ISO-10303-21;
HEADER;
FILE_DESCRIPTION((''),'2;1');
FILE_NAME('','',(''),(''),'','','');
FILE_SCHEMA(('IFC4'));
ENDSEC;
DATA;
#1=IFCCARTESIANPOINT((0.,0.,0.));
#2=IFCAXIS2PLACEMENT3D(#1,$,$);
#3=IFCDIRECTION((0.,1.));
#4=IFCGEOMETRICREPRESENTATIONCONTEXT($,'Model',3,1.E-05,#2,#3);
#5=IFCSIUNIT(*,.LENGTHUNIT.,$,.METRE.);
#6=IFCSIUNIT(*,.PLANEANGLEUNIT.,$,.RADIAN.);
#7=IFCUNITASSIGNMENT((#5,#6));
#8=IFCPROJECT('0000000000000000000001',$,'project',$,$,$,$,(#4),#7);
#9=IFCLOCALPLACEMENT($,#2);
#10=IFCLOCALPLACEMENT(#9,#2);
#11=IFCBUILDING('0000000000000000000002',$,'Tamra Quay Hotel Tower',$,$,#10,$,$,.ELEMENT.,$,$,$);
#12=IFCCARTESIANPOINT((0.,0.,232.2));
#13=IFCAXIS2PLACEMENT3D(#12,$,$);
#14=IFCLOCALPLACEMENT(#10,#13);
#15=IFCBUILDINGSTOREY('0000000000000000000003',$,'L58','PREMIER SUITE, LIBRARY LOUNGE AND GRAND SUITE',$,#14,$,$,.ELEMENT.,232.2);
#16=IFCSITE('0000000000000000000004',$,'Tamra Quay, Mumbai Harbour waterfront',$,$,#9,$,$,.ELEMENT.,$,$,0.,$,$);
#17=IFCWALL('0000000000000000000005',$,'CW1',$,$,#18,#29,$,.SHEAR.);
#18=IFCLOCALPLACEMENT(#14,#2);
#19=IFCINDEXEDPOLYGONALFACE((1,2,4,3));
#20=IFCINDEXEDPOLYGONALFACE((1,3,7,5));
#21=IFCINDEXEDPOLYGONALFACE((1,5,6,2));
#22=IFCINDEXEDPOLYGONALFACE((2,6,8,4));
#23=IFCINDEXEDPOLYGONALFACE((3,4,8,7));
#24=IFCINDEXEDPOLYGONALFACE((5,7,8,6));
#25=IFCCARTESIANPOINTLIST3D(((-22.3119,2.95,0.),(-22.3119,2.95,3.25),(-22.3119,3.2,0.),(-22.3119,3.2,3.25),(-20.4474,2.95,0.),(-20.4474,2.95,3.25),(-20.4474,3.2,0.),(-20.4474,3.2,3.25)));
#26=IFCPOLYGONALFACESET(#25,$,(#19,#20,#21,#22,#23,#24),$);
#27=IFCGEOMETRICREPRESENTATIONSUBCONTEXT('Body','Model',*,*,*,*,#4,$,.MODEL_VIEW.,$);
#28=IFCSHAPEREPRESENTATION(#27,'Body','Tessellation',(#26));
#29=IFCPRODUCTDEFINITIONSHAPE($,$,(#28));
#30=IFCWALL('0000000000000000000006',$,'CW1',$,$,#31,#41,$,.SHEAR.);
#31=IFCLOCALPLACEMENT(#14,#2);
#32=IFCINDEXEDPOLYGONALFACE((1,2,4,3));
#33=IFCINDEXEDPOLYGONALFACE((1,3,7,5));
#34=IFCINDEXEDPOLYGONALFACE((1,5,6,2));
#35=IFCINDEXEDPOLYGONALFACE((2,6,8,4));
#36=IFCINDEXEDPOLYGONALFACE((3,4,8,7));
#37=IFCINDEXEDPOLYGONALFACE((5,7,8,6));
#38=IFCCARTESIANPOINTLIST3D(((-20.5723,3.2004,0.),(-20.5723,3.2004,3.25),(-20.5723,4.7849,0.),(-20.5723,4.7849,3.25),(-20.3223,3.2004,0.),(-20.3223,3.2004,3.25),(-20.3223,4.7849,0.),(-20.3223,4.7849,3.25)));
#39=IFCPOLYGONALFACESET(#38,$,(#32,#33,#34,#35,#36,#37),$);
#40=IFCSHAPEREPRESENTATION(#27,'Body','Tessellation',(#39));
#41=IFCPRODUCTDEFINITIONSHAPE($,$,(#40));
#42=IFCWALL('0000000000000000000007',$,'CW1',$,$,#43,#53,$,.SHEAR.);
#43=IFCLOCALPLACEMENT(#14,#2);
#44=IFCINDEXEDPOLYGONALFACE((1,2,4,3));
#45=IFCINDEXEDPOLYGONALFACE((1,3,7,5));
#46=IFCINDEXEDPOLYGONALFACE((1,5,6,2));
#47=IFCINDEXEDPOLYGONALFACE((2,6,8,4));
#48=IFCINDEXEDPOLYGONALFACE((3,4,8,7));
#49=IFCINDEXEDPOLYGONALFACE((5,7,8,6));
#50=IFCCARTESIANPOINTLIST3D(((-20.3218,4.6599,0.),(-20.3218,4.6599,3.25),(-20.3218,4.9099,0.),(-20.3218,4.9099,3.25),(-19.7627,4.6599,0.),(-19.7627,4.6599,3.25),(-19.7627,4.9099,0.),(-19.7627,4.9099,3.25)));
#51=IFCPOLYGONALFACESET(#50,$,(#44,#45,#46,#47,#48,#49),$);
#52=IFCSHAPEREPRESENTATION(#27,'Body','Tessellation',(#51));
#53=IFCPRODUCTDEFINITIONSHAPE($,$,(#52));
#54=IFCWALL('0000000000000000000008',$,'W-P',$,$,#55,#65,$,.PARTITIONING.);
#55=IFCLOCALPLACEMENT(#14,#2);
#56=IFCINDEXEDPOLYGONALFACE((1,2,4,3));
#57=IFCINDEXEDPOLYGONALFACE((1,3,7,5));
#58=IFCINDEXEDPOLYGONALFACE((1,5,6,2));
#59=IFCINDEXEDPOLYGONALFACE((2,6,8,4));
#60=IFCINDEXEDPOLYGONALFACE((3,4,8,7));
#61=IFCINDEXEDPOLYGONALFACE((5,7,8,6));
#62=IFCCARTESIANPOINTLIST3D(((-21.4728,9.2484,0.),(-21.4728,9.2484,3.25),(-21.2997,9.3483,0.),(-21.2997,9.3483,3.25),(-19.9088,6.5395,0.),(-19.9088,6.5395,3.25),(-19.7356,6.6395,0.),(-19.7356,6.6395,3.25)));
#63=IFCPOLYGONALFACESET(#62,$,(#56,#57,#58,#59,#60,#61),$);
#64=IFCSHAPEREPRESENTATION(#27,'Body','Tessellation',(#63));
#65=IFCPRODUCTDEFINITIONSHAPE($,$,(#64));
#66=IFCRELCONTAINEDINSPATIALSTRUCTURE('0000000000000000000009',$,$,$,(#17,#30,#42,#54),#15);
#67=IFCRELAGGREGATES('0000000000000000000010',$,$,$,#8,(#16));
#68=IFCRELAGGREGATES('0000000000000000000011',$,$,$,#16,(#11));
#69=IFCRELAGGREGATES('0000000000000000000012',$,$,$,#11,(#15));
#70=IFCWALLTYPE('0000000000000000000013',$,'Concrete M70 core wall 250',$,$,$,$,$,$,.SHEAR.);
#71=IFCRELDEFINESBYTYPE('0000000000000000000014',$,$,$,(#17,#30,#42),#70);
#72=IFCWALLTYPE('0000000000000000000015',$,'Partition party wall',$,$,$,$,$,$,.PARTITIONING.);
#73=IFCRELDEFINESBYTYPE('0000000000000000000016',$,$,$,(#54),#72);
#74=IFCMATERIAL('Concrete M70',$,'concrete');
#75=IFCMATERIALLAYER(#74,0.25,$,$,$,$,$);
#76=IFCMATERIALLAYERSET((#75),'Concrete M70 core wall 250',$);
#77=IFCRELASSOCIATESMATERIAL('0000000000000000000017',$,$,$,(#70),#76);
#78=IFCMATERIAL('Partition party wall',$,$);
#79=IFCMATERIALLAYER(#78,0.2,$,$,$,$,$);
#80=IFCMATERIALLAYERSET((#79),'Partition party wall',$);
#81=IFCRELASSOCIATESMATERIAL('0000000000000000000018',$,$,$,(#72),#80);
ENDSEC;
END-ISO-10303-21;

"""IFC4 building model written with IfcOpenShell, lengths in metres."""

from ifc_helpers import new_model, si_unit, direction, frame, frame_2d, origin, place, context, subcontext, project, spatial, rectangle, extrude, material, layer, layer_set, type_object, element, save


model = new_model("IFC4")

# Units and contexts
model_context = context("Model", 3, precision=1e-05, world=origin(), true_north=direction((0.0, 1.0)))
body_context = subcontext(model_context, "Body", "Model", "MODEL_VIEW")
ifc_project = project(units=[si_unit("LENGTHUNIT", "METRE"), si_unit("PLANEANGLEUNIT", "RADIAN")], contexts=[model_context])

# Site, building, storey
site_placement = place(None, origin())
site = spatial("IfcSite", under=ifc_project, at=site_placement, Name="Tamra Quay, Mumbai Harbour waterfront", CompositionType="ELEMENT", RefElevation=0.0)
building_placement = place(site_placement, origin())
building = spatial("IfcBuilding", under=site, at=building_placement, Name="Tamra Quay Hotel Tower", CompositionType="ELEMENT")
storey_placement = place(building_placement, frame((0.0, 0.0, 232.2)))
storey = spatial("IfcBuildingStorey", under=building, at=storey_placement, Name="L58", Description="PREMIER SUITE, LIBRARY LOUNGE AND GRAND SUITE", CompositionType="ELEMENT", Elevation=232.2)

# Shared definitions
ifc_material_1 = material(Name="Concrete M70", Category="concrete")

# Walls
ifc_layer_1 = layer(ifc_material_1, 0.25)
ifc_layer_set_1 = layer_set([ifc_layer_1], Name="Concrete M70 core wall 250")
wall_type_1 = type_object("IfcWallType", Name="Concrete M70 core wall 250", PredefinedType="SHEAR", material=ifc_layer_set_1)
wall_1_placement = place(storey_placement, frame((-22.3118, 3.075, 0.0), z_axis=(0.0, 0.0, 1.0), x_axis=(1.0, 0.0, 0.0)))
element("IfcWall", 1, at=wall_1_placement, inside=storey, type_object=wall_type_1, Name="CW1", PredefinedType="SHEAR", context=body_context, shape_type="SweptSolid", body=[
    extrude(rectangle(XDim=1.8645, YDim=0.25, at=frame_2d((0.9321, 0.0))), origin(), (0.0, 0.0, 1.0), 3.25),
])
wall_2_placement = place(storey_placement, frame((-20.4473, 3.2004, 0.0), z_axis=(0.0, 0.0, 1.0), x_axis=(0.0, 1.0, 0.0)))
element("IfcWall", 2, at=wall_2_placement, inside=storey, type_object=wall_type_1, Name="CW1", PredefinedType="SHEAR", context=body_context, shape_type="SweptSolid", body=[
    extrude(rectangle(XDim=1.5845, YDim=0.25, at=frame_2d((0.7922, 0.0))), origin(), (0.0, 0.0, 1.0), 3.25),
])
wall_3_placement = place(storey_placement, frame((-20.3218, 4.7849, 0.0), z_axis=(0.0, 0.0, 1.0), x_axis=(1.0, 0.0, 0.0)))
element("IfcWall", 3, at=wall_3_placement, inside=storey, type_object=wall_type_1, Name="CW1", PredefinedType="SHEAR", context=body_context, shape_type="SweptSolid", body=[
    extrude(rectangle(XDim=0.5591, YDim=0.25, at=frame_2d((0.2795, 0.0))), origin(), (0.0, 0.0, 1.0), 3.25),
])
ifc_material_2 = material(Name="Partition party wall")
ifc_layer_2 = layer(ifc_material_2, 0.2)
ifc_layer_set_2 = layer_set([ifc_layer_2], Name="Partition party wall")
wall_type_2 = type_object("IfcWallType", Name="Partition party wall", PredefinedType="PARTITIONING", material=ifc_layer_set_2)
wall_4_placement = place(storey_placement, frame((-21.3862, 9.2983, 0.0), z_axis=(0.0, 0.0, 1.0), x_axis=(0.500017, -0.866015, 0.0)))
element("IfcWall", 4, at=wall_4_placement, inside=storey, type_object=wall_type_2, Name="W-P", PredefinedType="PARTITIONING", context=body_context, shape_type="SweptSolid", body=[
    extrude(rectangle(XDim=3.1279, YDim=0.2, at=frame_2d((1.564, 0.0))), origin(), (0.0, 0.0, 1.0), 3.25),
])

save(model, "model.ifc")
